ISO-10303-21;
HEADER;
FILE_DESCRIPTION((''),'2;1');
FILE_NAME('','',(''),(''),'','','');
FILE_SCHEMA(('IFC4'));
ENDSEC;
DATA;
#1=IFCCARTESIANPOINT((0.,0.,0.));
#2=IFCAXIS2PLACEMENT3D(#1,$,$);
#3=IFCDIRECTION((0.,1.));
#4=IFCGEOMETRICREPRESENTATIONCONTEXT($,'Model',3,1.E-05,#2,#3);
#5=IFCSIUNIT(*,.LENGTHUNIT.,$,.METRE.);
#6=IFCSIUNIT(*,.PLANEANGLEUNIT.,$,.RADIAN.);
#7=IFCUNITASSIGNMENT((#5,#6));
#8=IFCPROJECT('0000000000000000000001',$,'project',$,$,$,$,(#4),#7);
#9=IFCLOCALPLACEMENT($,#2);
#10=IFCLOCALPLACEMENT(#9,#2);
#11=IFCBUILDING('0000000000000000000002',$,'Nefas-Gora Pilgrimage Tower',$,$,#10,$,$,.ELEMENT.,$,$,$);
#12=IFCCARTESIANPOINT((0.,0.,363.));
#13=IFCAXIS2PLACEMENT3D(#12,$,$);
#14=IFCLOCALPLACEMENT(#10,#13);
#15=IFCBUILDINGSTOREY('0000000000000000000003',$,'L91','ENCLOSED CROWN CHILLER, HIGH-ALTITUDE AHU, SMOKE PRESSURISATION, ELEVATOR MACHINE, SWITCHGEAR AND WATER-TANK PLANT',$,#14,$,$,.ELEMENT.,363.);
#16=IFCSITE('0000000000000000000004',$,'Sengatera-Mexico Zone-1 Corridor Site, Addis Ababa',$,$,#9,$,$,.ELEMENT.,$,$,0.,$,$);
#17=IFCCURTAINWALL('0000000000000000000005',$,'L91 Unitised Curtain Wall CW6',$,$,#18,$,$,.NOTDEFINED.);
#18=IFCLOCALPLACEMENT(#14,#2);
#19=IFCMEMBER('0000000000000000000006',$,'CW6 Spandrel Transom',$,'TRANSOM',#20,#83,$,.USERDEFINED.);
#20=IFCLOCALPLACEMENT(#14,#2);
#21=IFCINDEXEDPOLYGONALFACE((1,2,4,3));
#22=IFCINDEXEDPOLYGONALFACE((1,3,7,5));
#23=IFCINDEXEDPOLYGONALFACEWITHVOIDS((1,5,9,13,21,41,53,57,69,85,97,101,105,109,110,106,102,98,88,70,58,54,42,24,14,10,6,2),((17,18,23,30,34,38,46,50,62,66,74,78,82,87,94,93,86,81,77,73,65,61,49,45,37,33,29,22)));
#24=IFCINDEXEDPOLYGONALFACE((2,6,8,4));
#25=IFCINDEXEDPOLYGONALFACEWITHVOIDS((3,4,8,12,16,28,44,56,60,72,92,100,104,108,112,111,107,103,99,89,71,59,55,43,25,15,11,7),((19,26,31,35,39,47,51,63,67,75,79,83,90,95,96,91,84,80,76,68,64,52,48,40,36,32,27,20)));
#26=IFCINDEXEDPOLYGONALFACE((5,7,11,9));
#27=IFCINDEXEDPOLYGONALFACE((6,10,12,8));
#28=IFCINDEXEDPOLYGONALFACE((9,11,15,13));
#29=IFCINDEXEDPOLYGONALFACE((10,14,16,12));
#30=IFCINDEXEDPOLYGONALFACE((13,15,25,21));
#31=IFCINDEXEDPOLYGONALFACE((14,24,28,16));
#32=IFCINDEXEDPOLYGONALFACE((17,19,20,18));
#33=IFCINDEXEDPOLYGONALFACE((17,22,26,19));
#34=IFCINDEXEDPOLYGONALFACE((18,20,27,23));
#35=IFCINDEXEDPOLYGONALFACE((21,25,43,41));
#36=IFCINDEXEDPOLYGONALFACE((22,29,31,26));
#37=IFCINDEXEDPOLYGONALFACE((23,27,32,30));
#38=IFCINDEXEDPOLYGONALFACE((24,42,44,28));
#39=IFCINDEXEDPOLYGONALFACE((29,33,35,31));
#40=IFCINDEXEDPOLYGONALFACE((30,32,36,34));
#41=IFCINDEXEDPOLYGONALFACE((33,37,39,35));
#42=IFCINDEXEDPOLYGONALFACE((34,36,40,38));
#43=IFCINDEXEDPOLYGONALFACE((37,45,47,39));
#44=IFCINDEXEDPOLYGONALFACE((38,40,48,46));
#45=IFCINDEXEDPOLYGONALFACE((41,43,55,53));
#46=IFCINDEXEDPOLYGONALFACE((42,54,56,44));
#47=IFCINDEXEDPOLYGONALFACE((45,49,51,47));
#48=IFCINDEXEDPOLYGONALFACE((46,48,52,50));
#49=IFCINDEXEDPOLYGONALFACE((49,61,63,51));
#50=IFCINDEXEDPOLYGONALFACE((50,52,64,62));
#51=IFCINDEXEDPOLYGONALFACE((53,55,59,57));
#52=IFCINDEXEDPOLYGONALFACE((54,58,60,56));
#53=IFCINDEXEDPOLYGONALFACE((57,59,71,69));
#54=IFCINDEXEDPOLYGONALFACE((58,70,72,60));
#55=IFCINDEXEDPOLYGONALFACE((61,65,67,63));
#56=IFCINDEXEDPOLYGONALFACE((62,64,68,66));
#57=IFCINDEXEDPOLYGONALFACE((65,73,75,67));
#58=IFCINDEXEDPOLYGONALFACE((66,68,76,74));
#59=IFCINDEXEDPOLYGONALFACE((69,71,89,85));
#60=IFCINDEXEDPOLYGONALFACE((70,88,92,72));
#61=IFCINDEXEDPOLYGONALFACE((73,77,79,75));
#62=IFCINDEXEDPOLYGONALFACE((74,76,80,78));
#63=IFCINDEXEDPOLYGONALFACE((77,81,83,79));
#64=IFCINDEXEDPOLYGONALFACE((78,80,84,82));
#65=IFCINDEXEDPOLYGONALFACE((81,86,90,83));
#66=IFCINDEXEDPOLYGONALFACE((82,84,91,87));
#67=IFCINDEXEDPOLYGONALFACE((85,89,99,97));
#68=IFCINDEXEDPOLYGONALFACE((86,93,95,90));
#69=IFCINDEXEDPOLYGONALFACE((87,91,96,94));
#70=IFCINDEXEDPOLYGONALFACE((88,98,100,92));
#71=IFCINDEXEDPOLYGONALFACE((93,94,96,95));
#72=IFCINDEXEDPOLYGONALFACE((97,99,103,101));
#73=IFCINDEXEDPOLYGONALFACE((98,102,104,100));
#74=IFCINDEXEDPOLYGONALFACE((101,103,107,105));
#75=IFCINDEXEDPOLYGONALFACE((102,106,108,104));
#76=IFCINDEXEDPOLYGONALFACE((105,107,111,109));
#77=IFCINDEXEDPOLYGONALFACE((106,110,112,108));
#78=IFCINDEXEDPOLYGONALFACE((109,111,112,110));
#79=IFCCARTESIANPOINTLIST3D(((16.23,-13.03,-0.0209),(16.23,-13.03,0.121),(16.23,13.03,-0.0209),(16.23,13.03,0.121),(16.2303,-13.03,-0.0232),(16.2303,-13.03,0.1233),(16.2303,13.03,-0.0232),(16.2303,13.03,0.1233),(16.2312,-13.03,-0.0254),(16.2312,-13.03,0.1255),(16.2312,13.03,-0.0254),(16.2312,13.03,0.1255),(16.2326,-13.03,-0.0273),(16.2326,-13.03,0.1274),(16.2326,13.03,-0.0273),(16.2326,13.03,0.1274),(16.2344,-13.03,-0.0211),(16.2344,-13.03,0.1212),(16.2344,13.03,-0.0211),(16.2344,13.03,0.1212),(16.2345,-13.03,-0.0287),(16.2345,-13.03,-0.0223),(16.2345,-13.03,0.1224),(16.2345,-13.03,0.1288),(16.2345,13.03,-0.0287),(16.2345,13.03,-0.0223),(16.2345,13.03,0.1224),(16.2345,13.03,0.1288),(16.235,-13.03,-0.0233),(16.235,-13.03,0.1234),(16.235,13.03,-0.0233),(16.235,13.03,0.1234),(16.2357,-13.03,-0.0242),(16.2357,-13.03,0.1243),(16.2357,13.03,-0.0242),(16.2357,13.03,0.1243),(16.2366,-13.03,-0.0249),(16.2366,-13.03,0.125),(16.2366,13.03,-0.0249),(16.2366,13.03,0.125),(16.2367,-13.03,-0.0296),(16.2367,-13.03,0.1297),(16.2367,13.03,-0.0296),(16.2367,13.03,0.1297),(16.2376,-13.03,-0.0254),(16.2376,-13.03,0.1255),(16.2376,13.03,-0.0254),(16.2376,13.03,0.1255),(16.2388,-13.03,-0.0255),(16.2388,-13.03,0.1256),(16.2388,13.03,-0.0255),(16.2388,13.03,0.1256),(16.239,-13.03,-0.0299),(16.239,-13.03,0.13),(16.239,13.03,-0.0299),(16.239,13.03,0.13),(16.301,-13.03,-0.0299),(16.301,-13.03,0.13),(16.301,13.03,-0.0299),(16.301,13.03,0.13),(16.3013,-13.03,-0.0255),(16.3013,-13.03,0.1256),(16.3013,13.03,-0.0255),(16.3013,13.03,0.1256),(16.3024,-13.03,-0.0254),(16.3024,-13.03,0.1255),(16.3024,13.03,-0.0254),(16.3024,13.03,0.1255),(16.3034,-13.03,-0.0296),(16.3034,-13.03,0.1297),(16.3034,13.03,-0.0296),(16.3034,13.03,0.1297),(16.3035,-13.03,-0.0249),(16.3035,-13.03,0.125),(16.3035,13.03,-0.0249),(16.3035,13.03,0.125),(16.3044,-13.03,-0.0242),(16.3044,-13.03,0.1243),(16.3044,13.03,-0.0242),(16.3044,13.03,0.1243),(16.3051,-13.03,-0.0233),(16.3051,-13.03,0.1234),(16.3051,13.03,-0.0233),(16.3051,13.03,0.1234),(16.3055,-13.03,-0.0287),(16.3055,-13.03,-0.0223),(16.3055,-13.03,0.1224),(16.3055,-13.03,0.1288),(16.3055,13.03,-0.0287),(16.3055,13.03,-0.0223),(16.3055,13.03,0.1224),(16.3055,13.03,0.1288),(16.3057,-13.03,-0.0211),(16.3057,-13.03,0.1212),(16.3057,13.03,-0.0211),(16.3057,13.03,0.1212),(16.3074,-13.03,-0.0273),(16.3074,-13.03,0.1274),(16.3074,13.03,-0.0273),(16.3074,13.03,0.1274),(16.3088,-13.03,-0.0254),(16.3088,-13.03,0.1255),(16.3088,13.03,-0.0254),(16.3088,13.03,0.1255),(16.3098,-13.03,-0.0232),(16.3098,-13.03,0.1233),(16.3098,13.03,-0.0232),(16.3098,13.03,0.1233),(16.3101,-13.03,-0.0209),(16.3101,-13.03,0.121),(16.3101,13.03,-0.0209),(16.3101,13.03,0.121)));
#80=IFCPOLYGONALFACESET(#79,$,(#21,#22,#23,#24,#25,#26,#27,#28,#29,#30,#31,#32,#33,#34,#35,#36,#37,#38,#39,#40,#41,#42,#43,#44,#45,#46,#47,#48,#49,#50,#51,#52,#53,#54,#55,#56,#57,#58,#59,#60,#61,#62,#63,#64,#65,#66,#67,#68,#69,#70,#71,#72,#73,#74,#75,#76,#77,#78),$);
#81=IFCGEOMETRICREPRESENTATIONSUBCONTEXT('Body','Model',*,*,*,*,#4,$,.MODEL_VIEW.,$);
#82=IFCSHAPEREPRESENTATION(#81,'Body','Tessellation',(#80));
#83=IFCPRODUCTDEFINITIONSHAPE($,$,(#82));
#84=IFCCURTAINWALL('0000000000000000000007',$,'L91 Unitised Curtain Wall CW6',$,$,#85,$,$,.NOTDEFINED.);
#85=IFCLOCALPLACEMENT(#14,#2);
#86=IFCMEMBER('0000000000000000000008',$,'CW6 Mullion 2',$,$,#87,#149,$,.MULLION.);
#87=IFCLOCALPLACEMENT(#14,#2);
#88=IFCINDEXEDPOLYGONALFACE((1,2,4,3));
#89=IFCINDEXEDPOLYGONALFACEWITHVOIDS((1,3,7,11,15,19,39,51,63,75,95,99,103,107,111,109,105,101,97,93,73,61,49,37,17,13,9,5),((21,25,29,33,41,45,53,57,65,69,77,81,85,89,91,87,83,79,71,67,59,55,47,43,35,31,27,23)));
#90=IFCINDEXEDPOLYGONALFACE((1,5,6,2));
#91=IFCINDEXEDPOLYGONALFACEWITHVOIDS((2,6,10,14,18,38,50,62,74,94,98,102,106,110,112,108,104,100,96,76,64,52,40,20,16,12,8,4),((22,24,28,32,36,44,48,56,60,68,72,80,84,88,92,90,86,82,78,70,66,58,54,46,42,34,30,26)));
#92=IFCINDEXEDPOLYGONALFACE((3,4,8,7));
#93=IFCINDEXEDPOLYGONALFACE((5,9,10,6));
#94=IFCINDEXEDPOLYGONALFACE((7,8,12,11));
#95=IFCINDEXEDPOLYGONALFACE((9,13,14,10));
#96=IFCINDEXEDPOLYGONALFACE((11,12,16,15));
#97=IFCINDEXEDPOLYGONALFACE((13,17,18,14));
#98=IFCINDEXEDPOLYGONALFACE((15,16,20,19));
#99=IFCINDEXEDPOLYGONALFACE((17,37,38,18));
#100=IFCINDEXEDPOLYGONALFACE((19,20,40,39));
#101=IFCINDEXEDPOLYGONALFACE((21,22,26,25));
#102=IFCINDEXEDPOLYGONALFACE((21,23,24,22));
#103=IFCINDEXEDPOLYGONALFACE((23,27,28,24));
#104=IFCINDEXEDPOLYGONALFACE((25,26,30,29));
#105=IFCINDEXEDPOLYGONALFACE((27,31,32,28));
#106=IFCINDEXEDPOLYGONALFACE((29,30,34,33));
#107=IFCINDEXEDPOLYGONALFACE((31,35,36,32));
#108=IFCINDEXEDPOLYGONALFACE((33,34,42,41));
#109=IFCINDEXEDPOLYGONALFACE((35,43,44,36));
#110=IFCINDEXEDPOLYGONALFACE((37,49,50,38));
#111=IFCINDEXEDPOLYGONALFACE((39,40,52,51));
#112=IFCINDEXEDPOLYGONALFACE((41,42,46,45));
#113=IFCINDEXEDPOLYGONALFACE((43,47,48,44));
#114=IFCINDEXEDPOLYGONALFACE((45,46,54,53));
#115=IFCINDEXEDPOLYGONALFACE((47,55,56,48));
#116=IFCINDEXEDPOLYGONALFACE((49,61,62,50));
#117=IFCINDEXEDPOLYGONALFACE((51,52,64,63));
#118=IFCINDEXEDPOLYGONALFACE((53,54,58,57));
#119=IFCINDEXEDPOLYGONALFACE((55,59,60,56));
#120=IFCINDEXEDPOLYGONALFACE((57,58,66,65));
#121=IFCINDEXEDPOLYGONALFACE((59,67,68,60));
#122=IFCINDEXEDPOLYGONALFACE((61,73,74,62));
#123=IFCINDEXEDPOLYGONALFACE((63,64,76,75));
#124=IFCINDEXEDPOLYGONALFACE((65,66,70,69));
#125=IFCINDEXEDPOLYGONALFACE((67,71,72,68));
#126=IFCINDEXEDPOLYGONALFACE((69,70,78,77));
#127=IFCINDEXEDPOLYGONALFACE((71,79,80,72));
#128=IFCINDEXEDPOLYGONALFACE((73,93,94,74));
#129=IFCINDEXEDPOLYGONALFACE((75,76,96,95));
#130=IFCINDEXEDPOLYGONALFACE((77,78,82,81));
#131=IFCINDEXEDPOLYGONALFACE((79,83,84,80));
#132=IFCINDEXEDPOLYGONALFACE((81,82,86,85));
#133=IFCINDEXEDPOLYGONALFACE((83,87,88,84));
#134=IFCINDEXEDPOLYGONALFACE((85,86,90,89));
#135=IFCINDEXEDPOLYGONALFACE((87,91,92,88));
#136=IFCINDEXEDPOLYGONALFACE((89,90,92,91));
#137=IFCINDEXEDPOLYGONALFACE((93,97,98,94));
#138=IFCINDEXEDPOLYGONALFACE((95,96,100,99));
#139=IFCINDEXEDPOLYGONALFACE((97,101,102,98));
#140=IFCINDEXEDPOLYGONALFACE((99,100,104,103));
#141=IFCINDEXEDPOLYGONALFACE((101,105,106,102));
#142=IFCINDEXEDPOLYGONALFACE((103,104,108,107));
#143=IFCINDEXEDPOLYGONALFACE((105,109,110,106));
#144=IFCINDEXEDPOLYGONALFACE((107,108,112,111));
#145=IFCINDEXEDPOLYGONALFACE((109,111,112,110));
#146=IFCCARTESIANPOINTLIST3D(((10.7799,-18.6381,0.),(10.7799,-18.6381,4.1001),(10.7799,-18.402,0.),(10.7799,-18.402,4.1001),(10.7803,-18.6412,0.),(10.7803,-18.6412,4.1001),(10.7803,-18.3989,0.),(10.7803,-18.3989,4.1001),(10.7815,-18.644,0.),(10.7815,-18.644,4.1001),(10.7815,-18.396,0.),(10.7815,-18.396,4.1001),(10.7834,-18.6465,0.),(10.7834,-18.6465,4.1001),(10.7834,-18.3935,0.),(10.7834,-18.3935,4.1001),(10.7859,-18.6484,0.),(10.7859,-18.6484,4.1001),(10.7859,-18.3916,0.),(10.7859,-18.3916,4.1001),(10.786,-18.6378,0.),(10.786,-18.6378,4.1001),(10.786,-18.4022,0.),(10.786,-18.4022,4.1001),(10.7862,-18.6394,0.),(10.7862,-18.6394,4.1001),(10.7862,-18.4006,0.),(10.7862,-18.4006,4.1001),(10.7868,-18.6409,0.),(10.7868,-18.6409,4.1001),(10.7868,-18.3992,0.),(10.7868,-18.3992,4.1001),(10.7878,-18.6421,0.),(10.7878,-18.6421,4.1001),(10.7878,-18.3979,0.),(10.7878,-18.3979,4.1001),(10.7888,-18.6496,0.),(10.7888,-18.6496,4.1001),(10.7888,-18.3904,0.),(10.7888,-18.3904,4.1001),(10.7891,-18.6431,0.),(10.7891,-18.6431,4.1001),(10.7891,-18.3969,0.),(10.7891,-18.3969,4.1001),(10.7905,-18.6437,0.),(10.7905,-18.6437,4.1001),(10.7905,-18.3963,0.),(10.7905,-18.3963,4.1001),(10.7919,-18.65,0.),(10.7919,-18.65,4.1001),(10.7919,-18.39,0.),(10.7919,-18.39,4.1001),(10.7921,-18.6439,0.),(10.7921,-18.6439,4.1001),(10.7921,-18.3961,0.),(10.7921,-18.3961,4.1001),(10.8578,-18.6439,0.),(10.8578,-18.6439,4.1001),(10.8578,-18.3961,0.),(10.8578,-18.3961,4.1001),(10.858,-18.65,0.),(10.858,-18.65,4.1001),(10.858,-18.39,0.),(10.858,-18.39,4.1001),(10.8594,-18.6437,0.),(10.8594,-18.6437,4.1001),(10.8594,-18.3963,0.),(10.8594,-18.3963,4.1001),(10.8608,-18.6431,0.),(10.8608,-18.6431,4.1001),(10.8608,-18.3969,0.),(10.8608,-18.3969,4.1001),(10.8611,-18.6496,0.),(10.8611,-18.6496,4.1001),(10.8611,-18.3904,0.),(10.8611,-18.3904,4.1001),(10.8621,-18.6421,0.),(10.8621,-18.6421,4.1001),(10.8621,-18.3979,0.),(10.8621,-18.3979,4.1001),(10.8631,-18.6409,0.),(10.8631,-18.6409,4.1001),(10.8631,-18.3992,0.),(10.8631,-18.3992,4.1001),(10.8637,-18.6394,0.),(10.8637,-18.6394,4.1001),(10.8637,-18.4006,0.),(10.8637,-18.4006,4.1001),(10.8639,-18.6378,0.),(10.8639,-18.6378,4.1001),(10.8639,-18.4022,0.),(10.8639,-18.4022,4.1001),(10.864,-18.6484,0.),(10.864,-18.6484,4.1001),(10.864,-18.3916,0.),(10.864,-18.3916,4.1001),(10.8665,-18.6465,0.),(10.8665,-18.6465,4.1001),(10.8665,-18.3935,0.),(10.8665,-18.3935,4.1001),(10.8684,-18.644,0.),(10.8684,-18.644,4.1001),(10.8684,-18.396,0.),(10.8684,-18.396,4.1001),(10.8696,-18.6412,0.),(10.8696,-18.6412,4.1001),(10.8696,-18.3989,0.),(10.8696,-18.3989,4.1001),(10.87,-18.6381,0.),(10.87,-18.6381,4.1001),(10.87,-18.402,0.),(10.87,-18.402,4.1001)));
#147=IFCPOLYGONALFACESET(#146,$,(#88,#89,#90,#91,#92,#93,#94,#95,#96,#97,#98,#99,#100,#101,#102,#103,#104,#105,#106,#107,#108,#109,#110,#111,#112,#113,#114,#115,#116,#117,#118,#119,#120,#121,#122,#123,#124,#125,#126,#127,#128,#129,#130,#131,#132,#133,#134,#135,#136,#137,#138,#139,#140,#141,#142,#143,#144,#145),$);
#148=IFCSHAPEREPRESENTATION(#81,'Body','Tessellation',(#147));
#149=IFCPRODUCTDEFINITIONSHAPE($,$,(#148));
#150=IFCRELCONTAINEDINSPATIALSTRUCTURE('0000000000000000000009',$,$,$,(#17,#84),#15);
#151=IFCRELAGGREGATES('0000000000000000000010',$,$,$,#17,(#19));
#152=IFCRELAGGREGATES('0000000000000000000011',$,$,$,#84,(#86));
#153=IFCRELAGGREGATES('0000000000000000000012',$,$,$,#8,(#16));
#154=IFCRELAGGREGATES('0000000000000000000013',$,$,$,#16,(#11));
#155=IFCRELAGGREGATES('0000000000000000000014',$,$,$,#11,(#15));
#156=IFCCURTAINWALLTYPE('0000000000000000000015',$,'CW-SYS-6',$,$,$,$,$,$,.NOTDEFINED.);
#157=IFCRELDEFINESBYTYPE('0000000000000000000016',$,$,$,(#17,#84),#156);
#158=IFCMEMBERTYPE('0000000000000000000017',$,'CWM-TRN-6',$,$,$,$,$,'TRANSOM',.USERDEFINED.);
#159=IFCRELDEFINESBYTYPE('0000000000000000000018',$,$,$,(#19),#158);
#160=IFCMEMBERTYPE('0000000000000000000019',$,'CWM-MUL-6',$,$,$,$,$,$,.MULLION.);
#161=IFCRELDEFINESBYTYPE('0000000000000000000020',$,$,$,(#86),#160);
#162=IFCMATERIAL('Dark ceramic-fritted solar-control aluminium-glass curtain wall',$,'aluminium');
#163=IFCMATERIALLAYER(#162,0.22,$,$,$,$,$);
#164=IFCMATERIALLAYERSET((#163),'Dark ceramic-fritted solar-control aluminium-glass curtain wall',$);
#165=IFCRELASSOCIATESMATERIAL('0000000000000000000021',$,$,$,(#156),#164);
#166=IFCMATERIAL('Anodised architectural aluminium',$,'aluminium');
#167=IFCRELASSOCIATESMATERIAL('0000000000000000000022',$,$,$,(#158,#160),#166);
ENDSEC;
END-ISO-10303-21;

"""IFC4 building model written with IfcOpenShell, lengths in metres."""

from ifc_helpers import new_model, si_unit, direction, frame, origin, origin_2d, place, context, subcontext, project, spatial, hollow_rectangle, extrude, source, transform, mapped, material, layer, layer_set, material_profile, profile_set, type_object, element, aggregate, save


model = new_model("IFC4")

# Units and contexts
model_context = context("Model", 3, precision=1e-05, world=origin(), true_north=direction((0.0, 1.0)))
body_context = subcontext(model_context, "Body", "Model", "MODEL_VIEW")
ifc_project = project(units=[si_unit("LENGTHUNIT", "METRE"), si_unit("PLANEANGLEUNIT", "RADIAN")], contexts=[model_context])

# Site, building, storey
site_placement = place(None, origin())
site = spatial("IfcSite", under=ifc_project, at=site_placement, Name="Sengatera-Mexico Zone-1 Corridor Site, Addis Ababa", CompositionType="ELEMENT", RefElevation=0.0)
building_placement = place(site_placement, origin())
building = spatial("IfcBuilding", under=site, at=building_placement, Name="Nefas-Gora Pilgrimage Tower", CompositionType="ELEMENT")
storey_placement = place(building_placement, frame((0.0, 0.0, 363.0)))
storey = spatial("IfcBuildingStorey", under=building, at=storey_placement, Name="L91", Description="ENCLOSED CROWN CHILLER, HIGH-ALTITUDE AHU, SMOKE PRESSURISATION, ELEVATOR MACHINE, SWITCHGEAR AND WATER-TANK PLANT", CompositionType="ELEMENT", Elevation=363.0)

# Curtain walls, members
ifc_material_1 = material(Name="Dark ceramic-fritted solar-control aluminium-glass curtain wall", Category="aluminium")
ifc_layer_1 = layer(ifc_material_1, 0.22)
ifc_layer_set_1 = layer_set([ifc_layer_1], Name="Dark ceramic-fritted solar-control aluminium-glass curtain wall")
curtain_wall_type = type_object("IfcCurtainWallType", Name="CW-SYS-6", PredefinedType="NOTDEFINED", material=ifc_layer_set_1)
curtain_wall_1_placement = place(storey_placement, origin())
curtain_wall_1 = element("IfcCurtainWall", 1, at=curtain_wall_1_placement, inside=storey, type_object=curtain_wall_type, Name="L91 Unitised Curtain Wall CW6", PredefinedType="NOTDEFINED")
ifc_material_2 = material(Name="Anodised architectural aluminium", Category="aluminium")
ifc_material_profile_1 = material_profile(ifc_material_2, hollow_rectangle(XDim=0.0801, YDim=0.1599, WallThickness=0.0044, InnerFilletRadius=0.0044, OuterFilletRadius=0.009, at=origin_2d()), Name="ALU TRANSOM 80x160")
ifc_profile_set_1 = profile_set([ifc_material_profile_1], Name="Anodised architectural aluminium")
member_type_1 = type_object("IfcMemberType", Name="CWM-TRN-6", ElementType="TRANSOM", PredefinedType="USERDEFINED", material=ifc_profile_set_1)
shared_shape_1 = source(origin(), body_context, "Body", "SweptSolid", [
    extrude(hollow_rectangle(XDim=0.0801, YDim=0.1599, WallThickness=0.0044, InnerFilletRadius=0.0044, OuterFilletRadius=0.009, at=origin_2d()), origin(), (0.0, 0.0, 1.0), 26.0601),
])
member_1_placement = place(storey_placement, frame((16.27, -13.03, 0.05), z_axis=(0.0, 1.0, 0.0), x_axis=(-1.0, 0.0, 0.0)))
member_1 = element("IfcMember", 2, at=member_1_placement, type_object=member_type_1, Name="CW6 Spandrel Transom", ObjectType="TRANSOM", PredefinedType="USERDEFINED", context=body_context, shape_type="MappedRepresentation", body=[
    mapped(shared_shape_1, transform((0.0, 0.0, 0.0), x_axis=(1.0, 0.0, 0.0), y_axis=(0.0, 1.0, 0.0), z_axis=(0.0, 0.0, 1.0), scale=1.0)),
])
curtain_wall_2_placement = place(storey_placement, origin())
curtain_wall_2 = element("IfcCurtainWall", 3, at=curtain_wall_2_placement, inside=storey, type_object=curtain_wall_type, Name="L91 Unitised Curtain Wall CW6", PredefinedType="NOTDEFINED")
ifc_material_profile_2 = material_profile(ifc_material_2, hollow_rectangle(XDim=0.0901, YDim=0.26, WallThickness=0.0061, InnerFilletRadius=0.0061, OuterFilletRadius=0.012, at=origin_2d()), Name="ALU MULLION 90x260")
ifc_profile_set_2 = profile_set([ifc_material_profile_2], Name="Anodised architectural aluminium")
member_type_2 = type_object("IfcMemberType", Name="CWM-MUL-6", PredefinedType="MULLION", material=ifc_profile_set_2)
shared_shape_2 = source(origin(), body_context, "Body", "SweptSolid", [
    extrude(hollow_rectangle(XDim=0.0901, YDim=0.26, WallThickness=0.0061, InnerFilletRadius=0.0061, OuterFilletRadius=0.012, at=origin_2d()), origin(), (0.0, 0.0, 1.0), 4.1001),
])
member_2_placement = place(storey_placement, frame((10.825, -18.52, 0.0), z_axis=(0.0, 0.0, 1.0), x_axis=(1.0, 0.0, 0.0)))
member_2 = element("IfcMember", 4, at=member_2_placement, type_object=member_type_2, Name="CW6 Mullion 2", PredefinedType="MULLION", context=body_context, shape_type="MappedRepresentation", body=[
    mapped(shared_shape_2, transform((0.0, 0.0, 0.0), x_axis=(1.0, 0.0, 0.0), y_axis=(0.0, 1.0, 0.0), z_axis=(0.0, 0.0, 1.0), scale=1.0)),
])

aggregate(curtain_wall_1, [member_1])

aggregate(curtain_wall_2, [member_2])

save(model, "model.ifc")
